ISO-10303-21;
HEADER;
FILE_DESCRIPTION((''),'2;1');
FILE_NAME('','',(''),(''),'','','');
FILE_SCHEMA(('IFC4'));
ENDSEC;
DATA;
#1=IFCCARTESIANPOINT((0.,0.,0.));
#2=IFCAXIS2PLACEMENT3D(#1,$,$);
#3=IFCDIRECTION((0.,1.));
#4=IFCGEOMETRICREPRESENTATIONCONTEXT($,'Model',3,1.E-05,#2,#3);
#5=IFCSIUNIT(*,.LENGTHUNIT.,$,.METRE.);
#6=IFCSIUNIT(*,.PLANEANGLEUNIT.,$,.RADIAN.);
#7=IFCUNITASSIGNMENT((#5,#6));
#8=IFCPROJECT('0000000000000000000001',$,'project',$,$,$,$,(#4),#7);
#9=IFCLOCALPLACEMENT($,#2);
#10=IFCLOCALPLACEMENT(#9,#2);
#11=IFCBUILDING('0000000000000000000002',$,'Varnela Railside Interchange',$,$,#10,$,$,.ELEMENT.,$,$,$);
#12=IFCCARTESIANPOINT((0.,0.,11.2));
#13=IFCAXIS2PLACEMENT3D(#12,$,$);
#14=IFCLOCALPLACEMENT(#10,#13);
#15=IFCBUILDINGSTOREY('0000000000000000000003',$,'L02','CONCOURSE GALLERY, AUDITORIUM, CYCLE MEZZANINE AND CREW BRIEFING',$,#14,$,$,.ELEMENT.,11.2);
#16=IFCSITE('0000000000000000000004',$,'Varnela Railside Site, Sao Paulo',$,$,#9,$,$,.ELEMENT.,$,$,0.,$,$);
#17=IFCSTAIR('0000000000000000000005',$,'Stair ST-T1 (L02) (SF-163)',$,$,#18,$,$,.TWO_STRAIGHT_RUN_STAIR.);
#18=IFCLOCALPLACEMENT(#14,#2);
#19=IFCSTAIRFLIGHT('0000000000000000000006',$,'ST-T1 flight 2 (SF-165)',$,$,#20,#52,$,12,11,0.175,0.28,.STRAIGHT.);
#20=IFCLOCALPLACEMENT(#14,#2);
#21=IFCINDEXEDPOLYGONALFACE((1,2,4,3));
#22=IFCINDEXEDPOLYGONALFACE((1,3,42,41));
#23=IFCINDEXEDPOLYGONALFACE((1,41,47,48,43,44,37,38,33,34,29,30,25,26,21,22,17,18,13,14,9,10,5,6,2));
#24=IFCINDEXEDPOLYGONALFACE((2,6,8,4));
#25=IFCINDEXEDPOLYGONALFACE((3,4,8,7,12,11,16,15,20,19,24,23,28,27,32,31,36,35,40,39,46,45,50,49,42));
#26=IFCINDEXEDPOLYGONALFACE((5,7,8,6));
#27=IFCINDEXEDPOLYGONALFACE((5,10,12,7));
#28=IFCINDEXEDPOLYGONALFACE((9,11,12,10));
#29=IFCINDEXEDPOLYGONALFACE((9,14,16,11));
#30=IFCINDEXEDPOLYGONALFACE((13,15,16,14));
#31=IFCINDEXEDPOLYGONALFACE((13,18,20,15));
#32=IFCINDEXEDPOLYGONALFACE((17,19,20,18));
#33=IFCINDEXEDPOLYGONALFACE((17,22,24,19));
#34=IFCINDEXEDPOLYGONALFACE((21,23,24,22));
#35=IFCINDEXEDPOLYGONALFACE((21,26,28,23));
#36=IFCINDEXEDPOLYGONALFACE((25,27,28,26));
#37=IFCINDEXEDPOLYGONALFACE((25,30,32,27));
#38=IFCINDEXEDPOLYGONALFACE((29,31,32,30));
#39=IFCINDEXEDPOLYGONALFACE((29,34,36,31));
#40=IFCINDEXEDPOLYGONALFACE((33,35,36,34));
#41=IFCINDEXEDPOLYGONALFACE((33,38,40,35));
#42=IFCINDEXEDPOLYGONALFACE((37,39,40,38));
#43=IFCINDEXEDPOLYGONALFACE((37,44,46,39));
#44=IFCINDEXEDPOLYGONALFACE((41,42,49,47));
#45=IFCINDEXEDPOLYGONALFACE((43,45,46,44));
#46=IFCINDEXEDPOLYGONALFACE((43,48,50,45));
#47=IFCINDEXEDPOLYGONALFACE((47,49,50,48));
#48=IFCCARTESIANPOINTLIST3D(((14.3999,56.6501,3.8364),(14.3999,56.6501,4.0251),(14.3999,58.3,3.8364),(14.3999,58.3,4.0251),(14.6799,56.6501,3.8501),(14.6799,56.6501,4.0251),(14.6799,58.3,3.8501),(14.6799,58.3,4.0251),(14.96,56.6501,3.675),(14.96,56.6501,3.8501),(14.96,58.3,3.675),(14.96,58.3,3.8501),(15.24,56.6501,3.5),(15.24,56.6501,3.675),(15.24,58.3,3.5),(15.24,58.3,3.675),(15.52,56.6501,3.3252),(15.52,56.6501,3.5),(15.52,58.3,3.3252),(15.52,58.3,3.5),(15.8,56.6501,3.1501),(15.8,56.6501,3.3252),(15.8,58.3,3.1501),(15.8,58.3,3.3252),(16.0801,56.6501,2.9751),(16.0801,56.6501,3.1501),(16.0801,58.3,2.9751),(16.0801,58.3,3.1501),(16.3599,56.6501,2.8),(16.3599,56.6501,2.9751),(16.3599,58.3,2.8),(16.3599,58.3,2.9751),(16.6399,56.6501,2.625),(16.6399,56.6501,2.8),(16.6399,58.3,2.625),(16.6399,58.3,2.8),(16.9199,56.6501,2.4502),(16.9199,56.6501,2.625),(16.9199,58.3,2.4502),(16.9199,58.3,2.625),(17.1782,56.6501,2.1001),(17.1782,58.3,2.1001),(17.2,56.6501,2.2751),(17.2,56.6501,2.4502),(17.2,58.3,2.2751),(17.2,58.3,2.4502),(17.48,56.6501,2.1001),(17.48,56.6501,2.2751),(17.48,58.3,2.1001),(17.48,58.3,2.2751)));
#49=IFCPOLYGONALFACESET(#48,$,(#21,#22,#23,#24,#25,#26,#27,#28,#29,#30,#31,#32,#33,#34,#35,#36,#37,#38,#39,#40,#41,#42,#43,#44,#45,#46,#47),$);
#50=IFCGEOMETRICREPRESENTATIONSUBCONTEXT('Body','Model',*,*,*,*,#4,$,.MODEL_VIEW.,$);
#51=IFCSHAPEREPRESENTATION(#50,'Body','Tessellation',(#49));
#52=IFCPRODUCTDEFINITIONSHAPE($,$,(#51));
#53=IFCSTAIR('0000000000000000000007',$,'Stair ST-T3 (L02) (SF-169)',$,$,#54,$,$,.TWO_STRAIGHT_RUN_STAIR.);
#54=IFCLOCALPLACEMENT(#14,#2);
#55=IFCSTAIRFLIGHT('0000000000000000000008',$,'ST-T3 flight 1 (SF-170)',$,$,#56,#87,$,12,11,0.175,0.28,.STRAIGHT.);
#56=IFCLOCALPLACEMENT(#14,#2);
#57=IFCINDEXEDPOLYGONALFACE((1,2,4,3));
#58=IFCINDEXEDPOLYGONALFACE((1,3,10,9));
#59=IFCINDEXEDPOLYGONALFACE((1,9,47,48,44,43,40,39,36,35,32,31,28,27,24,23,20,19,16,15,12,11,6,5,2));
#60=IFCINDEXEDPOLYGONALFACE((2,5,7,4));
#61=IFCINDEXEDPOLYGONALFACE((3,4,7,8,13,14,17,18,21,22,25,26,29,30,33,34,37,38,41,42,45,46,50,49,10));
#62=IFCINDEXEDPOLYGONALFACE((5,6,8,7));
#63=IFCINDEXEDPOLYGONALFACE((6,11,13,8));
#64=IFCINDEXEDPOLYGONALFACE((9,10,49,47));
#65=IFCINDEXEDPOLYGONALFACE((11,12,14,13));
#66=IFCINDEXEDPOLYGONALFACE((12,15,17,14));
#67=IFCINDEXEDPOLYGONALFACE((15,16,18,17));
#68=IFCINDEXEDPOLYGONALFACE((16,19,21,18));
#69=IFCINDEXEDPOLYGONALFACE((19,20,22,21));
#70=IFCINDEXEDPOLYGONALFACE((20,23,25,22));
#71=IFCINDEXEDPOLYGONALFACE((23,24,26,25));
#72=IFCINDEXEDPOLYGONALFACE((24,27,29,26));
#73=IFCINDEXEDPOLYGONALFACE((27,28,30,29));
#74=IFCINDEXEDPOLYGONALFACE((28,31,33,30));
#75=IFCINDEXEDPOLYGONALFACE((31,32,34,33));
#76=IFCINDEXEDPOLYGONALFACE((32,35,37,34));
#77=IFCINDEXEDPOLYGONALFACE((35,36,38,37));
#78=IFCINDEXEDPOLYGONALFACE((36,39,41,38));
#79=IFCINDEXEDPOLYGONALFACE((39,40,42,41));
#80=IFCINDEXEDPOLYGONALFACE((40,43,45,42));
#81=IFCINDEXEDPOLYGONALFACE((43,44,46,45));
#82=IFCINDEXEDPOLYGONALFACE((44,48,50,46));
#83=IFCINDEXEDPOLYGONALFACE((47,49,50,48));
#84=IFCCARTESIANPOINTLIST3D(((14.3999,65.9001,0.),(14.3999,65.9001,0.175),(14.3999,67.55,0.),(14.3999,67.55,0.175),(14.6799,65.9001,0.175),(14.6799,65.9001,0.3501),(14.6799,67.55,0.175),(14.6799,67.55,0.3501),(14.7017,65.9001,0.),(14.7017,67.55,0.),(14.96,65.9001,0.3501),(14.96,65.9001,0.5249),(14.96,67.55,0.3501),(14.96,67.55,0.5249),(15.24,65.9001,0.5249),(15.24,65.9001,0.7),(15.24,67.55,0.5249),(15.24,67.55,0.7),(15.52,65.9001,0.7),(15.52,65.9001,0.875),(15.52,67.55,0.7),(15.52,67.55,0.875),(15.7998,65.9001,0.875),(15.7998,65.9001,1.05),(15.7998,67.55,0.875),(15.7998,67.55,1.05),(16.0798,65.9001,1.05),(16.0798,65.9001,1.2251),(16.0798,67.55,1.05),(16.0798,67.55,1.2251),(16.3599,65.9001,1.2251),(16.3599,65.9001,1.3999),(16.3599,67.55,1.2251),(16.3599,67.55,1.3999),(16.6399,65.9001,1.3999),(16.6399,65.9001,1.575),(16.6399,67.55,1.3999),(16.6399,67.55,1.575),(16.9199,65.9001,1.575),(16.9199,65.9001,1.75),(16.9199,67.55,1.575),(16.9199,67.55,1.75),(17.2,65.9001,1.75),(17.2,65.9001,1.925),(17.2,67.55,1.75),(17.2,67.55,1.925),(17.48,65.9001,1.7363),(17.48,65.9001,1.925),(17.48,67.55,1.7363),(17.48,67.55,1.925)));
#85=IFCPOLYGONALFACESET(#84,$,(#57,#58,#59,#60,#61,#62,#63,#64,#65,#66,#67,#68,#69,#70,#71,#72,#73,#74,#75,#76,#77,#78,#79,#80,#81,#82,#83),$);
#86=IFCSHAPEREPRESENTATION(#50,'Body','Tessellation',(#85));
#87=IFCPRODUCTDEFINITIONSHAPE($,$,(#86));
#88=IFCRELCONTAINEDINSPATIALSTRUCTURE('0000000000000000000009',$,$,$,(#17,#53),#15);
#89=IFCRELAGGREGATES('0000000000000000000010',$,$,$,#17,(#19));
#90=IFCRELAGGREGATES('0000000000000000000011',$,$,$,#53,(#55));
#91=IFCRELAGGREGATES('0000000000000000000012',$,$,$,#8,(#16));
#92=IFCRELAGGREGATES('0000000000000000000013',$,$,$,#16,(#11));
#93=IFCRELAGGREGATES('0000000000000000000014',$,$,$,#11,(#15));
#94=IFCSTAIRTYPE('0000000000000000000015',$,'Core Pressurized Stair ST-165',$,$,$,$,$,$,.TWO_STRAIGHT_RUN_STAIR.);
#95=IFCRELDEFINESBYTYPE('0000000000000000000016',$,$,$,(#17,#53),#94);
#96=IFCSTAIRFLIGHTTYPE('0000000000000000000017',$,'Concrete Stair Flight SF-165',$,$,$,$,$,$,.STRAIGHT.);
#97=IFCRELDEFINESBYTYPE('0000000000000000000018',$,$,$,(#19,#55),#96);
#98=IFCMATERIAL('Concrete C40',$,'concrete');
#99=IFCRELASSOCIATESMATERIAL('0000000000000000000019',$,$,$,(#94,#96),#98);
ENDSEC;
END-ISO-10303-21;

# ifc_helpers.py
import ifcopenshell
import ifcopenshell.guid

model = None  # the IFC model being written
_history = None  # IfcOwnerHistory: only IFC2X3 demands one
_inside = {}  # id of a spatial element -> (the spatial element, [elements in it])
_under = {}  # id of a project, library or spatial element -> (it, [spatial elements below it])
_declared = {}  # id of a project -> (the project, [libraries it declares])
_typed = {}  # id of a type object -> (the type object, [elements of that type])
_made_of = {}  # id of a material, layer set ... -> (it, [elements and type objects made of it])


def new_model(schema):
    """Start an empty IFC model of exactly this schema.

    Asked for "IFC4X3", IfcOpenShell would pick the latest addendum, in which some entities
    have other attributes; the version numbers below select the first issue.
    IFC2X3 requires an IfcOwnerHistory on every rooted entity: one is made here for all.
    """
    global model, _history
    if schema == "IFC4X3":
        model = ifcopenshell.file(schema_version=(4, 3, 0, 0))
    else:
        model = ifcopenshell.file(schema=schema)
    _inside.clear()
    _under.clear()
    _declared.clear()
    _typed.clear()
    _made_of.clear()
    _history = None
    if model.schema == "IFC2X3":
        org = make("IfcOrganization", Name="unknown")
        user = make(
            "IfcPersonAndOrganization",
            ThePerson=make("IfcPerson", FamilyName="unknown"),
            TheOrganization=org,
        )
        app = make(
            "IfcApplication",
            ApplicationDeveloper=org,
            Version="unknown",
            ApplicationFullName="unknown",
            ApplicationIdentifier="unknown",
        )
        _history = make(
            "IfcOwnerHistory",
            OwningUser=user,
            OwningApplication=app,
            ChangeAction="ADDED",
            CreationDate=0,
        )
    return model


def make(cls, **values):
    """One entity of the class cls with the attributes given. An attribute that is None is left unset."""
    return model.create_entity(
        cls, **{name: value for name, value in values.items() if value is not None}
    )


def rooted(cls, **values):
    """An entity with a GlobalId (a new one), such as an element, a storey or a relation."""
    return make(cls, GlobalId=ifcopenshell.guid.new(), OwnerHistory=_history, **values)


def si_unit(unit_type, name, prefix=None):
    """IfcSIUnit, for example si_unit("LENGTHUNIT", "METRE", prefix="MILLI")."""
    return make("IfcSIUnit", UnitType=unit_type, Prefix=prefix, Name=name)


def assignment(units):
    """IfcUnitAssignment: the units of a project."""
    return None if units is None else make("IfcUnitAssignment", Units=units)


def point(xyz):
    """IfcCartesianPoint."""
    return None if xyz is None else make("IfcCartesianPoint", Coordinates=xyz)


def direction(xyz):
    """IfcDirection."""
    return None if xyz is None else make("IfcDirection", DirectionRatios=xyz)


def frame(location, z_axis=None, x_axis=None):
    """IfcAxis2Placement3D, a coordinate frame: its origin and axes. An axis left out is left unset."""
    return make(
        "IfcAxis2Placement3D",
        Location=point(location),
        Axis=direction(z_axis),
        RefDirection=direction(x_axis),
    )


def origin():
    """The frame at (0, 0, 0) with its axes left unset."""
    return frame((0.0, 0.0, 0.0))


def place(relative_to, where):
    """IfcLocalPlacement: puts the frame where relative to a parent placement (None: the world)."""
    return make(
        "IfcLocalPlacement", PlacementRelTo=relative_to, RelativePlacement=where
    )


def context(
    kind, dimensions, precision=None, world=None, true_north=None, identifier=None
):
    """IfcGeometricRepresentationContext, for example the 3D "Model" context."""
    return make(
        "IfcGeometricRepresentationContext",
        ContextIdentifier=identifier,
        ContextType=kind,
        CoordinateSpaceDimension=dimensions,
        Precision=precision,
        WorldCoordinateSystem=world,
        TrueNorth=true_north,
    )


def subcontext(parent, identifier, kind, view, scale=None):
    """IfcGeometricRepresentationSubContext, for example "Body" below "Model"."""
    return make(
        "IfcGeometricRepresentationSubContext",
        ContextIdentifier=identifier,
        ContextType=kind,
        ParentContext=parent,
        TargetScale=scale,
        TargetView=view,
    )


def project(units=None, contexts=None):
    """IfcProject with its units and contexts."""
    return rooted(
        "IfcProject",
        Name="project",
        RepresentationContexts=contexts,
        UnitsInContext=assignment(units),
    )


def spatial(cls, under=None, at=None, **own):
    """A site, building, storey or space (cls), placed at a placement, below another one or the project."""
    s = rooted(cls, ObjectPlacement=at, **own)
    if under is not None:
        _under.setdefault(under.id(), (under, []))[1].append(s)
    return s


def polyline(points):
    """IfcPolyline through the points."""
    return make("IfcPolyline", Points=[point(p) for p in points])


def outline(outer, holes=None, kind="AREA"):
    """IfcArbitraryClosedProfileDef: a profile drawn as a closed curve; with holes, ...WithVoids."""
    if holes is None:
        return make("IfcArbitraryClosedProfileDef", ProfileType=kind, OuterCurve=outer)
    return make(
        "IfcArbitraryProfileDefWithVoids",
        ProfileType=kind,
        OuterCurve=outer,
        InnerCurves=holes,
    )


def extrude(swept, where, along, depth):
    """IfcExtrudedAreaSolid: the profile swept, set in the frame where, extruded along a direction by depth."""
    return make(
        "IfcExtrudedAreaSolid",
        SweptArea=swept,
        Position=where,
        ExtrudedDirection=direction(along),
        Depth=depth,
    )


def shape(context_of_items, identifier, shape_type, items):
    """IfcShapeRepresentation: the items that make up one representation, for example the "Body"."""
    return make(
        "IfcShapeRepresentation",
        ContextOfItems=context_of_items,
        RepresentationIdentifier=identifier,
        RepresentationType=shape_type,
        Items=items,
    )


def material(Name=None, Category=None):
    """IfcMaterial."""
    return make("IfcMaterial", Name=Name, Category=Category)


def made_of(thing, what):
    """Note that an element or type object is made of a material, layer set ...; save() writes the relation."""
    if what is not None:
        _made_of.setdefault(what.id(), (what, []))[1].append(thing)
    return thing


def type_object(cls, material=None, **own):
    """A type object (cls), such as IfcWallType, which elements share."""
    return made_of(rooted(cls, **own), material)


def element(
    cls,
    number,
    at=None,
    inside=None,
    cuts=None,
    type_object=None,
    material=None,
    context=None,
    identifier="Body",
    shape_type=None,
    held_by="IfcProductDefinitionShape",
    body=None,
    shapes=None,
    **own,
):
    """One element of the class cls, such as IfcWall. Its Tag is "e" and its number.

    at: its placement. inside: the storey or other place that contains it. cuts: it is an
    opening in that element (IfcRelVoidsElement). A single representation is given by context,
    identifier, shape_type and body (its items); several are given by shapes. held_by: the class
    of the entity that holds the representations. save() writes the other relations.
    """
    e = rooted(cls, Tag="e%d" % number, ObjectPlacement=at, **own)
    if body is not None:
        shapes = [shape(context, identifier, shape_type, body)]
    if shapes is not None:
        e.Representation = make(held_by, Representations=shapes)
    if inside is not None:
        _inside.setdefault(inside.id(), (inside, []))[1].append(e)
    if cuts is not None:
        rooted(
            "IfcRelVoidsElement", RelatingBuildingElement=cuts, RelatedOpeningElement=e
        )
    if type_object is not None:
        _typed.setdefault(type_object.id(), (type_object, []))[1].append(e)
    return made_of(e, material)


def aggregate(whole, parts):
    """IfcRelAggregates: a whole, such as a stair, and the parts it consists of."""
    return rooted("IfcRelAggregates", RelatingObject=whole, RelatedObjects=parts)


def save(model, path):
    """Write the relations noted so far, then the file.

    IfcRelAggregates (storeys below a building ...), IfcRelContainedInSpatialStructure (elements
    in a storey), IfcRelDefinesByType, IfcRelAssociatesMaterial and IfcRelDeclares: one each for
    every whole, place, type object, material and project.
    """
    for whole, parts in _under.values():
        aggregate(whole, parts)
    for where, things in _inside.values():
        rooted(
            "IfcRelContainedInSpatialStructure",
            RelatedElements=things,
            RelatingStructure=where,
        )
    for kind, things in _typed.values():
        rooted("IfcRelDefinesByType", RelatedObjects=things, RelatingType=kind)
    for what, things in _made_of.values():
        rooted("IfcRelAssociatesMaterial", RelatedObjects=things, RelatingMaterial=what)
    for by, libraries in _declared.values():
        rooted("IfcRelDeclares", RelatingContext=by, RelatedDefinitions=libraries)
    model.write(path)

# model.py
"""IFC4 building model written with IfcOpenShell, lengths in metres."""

from ifc_helpers import new_model, si_unit, direction, frame, origin, place, context, subcontext, project, spatial, polyline, outline, extrude, material, type_object, element, aggregate, save


model = new_model("IFC4")

# Units and contexts
model_context = context("Model", 3, precision=1e-05, world=origin(), true_north=direction((0.0, 1.0)))
body_context = subcontext(model_context, "Body", "Model", "MODEL_VIEW")
ifc_project = project(units=[si_unit("LENGTHUNIT", "METRE"), si_unit("PLANEANGLEUNIT", "RADIAN")], contexts=[model_context])

# Site, building, storey
site_placement = place(None, origin())
site = spatial("IfcSite", under=ifc_project, at=site_placement, Name="Varnela Railside Site, Sao Paulo", CompositionType="ELEMENT", RefElevation=0.0)
building_placement = place(site_placement, origin())
building = spatial("IfcBuilding", under=site, at=building_placement, Name="Varnela Railside Interchange", CompositionType="ELEMENT")
storey_placement = place(building_placement, frame((0.0, 0.0, 11.2)))
storey = spatial("IfcBuildingStorey", under=building, at=storey_placement, Name="L02", Description="CONCOURSE GALLERY, AUDITORIUM, CYCLE MEZZANINE AND CREW BRIEFING", CompositionType="ELEMENT", Elevation=11.2)

# Shared definitions
ifc_material_1 = material(Name="Concrete C40", Category="concrete")

# Stair, stair flight
stair_type = type_object("IfcStairType", Name="Core Pressurized Stair ST-165", PredefinedType="TWO_STRAIGHT_RUN_STAIR", material=ifc_material_1)
stair_1_placement = place(storey_placement, origin())
stair_1 = element("IfcStair", 1, at=stair_1_placement, inside=storey, type_object=stair_type, Name="Stair ST-T1 (L02) (SF-163)", PredefinedType="TWO_STRAIGHT_RUN_STAIR")
stair_flight_type = type_object("IfcStairFlightType", Name="Concrete Stair Flight SF-165", PredefinedType="STRAIGHT", material=ifc_material_1)
stair_flight_1_placement = place(storey_placement, frame((17.48, 57.4751, 2.1001), z_axis=(0.0, 0.0, 1.0), x_axis=(-1.0, 0.0, 0.0)))
stair_flight_1 = element("IfcStairFlight", 2, at=stair_flight_1_placement, type_object=stair_flight_type, Name="ST-T1 flight 2 (SF-165)", NumberOfRisers=12, NumberOfTreads=11, PredefinedType="STRAIGHT", RiserHeight=0.175, TreadLength=0.28, context=body_context, shape_type="SweptSolid", body=[
    extrude(outline(polyline([(0.0, 0.0), (0.0, 0.175), (0.28, 0.175), (0.28, 0.3501), (0.5601, 0.3501), (0.5601, 0.5249), (0.8401, 0.5249), (0.8401, 0.7), (1.1201, 0.7), (1.1201, 0.875), (1.3999, 0.875), (1.3999, 1.05), (1.6799, 1.05), (1.6799, 1.2251), (1.96, 1.2251), (1.96, 1.3999), (2.24, 1.3999), (2.24, 1.575), (2.52, 1.575), (2.52, 1.75), (2.8, 1.75), (2.8, 1.925), (3.0801, 1.925), (3.0801, 2.1001), (3.0801, 1.7363), (0.3018, 0.0), (0.0, 0.0)])), frame((0.0, 0.825, 0.0), z_axis=(0.0, -1.0, 0.0), x_axis=(1.0, 0.0, 0.0)), (0.0, 0.0, 1.0), 1.6499),
])
aggregate(stair_1, [stair_flight_1])

# Stair, stair flight
stair_2_placement = place(storey_placement, origin())
stair_2 = element("IfcStair", 3, at=stair_2_placement, inside=storey, type_object=stair_type, Name="Stair ST-T3 (L02) (SF-169)", PredefinedType="TWO_STRAIGHT_RUN_STAIR")
stair_flight_2_placement = place(storey_placement, frame((14.3999, 66.7251, 0.0), z_axis=(0.0, 0.0, 1.0), x_axis=(1.0, 0.0, 0.0)))
stair_flight_2 = element("IfcStairFlight", 4, at=stair_flight_2_placement, type_object=stair_flight_type, Name="ST-T3 flight 1 (SF-170)", NumberOfRisers=12, NumberOfTreads=11, PredefinedType="STRAIGHT", RiserHeight=0.175, TreadLength=0.28, context=body_context, shape_type="SweptSolid", body=[
    extrude(outline(polyline([(0.0, 0.0), (0.0, 0.175), (0.28, 0.175), (0.28, 0.3501), (0.5601, 0.3501), (0.5601, 0.5249), (0.8401, 0.5249), (0.8401, 0.7), (1.1201, 0.7), (1.1201, 0.875), (1.3999, 0.875), (1.3999, 1.05), (1.6799, 1.05), (1.6799, 1.2251), (1.96, 1.2251), (1.96, 1.3999), (2.24, 1.3999), (2.24, 1.575), (2.52, 1.575), (2.52, 1.75), (2.8, 1.75), (2.8, 1.925), (3.0801, 1.925), (3.0801, 2.1001), (3.0801, 1.7363), (0.3018, 0.0), (0.0, 0.0)])), frame((0.0, 0.825, 0.0), z_axis=(0.0, -1.0, 0.0), x_axis=(1.0, 0.0, 0.0)), (0.0, 0.0, 1.0), 1.6499),
])
aggregate(stair_2, [stair_flight_2])

save(model, "model.ifc")
